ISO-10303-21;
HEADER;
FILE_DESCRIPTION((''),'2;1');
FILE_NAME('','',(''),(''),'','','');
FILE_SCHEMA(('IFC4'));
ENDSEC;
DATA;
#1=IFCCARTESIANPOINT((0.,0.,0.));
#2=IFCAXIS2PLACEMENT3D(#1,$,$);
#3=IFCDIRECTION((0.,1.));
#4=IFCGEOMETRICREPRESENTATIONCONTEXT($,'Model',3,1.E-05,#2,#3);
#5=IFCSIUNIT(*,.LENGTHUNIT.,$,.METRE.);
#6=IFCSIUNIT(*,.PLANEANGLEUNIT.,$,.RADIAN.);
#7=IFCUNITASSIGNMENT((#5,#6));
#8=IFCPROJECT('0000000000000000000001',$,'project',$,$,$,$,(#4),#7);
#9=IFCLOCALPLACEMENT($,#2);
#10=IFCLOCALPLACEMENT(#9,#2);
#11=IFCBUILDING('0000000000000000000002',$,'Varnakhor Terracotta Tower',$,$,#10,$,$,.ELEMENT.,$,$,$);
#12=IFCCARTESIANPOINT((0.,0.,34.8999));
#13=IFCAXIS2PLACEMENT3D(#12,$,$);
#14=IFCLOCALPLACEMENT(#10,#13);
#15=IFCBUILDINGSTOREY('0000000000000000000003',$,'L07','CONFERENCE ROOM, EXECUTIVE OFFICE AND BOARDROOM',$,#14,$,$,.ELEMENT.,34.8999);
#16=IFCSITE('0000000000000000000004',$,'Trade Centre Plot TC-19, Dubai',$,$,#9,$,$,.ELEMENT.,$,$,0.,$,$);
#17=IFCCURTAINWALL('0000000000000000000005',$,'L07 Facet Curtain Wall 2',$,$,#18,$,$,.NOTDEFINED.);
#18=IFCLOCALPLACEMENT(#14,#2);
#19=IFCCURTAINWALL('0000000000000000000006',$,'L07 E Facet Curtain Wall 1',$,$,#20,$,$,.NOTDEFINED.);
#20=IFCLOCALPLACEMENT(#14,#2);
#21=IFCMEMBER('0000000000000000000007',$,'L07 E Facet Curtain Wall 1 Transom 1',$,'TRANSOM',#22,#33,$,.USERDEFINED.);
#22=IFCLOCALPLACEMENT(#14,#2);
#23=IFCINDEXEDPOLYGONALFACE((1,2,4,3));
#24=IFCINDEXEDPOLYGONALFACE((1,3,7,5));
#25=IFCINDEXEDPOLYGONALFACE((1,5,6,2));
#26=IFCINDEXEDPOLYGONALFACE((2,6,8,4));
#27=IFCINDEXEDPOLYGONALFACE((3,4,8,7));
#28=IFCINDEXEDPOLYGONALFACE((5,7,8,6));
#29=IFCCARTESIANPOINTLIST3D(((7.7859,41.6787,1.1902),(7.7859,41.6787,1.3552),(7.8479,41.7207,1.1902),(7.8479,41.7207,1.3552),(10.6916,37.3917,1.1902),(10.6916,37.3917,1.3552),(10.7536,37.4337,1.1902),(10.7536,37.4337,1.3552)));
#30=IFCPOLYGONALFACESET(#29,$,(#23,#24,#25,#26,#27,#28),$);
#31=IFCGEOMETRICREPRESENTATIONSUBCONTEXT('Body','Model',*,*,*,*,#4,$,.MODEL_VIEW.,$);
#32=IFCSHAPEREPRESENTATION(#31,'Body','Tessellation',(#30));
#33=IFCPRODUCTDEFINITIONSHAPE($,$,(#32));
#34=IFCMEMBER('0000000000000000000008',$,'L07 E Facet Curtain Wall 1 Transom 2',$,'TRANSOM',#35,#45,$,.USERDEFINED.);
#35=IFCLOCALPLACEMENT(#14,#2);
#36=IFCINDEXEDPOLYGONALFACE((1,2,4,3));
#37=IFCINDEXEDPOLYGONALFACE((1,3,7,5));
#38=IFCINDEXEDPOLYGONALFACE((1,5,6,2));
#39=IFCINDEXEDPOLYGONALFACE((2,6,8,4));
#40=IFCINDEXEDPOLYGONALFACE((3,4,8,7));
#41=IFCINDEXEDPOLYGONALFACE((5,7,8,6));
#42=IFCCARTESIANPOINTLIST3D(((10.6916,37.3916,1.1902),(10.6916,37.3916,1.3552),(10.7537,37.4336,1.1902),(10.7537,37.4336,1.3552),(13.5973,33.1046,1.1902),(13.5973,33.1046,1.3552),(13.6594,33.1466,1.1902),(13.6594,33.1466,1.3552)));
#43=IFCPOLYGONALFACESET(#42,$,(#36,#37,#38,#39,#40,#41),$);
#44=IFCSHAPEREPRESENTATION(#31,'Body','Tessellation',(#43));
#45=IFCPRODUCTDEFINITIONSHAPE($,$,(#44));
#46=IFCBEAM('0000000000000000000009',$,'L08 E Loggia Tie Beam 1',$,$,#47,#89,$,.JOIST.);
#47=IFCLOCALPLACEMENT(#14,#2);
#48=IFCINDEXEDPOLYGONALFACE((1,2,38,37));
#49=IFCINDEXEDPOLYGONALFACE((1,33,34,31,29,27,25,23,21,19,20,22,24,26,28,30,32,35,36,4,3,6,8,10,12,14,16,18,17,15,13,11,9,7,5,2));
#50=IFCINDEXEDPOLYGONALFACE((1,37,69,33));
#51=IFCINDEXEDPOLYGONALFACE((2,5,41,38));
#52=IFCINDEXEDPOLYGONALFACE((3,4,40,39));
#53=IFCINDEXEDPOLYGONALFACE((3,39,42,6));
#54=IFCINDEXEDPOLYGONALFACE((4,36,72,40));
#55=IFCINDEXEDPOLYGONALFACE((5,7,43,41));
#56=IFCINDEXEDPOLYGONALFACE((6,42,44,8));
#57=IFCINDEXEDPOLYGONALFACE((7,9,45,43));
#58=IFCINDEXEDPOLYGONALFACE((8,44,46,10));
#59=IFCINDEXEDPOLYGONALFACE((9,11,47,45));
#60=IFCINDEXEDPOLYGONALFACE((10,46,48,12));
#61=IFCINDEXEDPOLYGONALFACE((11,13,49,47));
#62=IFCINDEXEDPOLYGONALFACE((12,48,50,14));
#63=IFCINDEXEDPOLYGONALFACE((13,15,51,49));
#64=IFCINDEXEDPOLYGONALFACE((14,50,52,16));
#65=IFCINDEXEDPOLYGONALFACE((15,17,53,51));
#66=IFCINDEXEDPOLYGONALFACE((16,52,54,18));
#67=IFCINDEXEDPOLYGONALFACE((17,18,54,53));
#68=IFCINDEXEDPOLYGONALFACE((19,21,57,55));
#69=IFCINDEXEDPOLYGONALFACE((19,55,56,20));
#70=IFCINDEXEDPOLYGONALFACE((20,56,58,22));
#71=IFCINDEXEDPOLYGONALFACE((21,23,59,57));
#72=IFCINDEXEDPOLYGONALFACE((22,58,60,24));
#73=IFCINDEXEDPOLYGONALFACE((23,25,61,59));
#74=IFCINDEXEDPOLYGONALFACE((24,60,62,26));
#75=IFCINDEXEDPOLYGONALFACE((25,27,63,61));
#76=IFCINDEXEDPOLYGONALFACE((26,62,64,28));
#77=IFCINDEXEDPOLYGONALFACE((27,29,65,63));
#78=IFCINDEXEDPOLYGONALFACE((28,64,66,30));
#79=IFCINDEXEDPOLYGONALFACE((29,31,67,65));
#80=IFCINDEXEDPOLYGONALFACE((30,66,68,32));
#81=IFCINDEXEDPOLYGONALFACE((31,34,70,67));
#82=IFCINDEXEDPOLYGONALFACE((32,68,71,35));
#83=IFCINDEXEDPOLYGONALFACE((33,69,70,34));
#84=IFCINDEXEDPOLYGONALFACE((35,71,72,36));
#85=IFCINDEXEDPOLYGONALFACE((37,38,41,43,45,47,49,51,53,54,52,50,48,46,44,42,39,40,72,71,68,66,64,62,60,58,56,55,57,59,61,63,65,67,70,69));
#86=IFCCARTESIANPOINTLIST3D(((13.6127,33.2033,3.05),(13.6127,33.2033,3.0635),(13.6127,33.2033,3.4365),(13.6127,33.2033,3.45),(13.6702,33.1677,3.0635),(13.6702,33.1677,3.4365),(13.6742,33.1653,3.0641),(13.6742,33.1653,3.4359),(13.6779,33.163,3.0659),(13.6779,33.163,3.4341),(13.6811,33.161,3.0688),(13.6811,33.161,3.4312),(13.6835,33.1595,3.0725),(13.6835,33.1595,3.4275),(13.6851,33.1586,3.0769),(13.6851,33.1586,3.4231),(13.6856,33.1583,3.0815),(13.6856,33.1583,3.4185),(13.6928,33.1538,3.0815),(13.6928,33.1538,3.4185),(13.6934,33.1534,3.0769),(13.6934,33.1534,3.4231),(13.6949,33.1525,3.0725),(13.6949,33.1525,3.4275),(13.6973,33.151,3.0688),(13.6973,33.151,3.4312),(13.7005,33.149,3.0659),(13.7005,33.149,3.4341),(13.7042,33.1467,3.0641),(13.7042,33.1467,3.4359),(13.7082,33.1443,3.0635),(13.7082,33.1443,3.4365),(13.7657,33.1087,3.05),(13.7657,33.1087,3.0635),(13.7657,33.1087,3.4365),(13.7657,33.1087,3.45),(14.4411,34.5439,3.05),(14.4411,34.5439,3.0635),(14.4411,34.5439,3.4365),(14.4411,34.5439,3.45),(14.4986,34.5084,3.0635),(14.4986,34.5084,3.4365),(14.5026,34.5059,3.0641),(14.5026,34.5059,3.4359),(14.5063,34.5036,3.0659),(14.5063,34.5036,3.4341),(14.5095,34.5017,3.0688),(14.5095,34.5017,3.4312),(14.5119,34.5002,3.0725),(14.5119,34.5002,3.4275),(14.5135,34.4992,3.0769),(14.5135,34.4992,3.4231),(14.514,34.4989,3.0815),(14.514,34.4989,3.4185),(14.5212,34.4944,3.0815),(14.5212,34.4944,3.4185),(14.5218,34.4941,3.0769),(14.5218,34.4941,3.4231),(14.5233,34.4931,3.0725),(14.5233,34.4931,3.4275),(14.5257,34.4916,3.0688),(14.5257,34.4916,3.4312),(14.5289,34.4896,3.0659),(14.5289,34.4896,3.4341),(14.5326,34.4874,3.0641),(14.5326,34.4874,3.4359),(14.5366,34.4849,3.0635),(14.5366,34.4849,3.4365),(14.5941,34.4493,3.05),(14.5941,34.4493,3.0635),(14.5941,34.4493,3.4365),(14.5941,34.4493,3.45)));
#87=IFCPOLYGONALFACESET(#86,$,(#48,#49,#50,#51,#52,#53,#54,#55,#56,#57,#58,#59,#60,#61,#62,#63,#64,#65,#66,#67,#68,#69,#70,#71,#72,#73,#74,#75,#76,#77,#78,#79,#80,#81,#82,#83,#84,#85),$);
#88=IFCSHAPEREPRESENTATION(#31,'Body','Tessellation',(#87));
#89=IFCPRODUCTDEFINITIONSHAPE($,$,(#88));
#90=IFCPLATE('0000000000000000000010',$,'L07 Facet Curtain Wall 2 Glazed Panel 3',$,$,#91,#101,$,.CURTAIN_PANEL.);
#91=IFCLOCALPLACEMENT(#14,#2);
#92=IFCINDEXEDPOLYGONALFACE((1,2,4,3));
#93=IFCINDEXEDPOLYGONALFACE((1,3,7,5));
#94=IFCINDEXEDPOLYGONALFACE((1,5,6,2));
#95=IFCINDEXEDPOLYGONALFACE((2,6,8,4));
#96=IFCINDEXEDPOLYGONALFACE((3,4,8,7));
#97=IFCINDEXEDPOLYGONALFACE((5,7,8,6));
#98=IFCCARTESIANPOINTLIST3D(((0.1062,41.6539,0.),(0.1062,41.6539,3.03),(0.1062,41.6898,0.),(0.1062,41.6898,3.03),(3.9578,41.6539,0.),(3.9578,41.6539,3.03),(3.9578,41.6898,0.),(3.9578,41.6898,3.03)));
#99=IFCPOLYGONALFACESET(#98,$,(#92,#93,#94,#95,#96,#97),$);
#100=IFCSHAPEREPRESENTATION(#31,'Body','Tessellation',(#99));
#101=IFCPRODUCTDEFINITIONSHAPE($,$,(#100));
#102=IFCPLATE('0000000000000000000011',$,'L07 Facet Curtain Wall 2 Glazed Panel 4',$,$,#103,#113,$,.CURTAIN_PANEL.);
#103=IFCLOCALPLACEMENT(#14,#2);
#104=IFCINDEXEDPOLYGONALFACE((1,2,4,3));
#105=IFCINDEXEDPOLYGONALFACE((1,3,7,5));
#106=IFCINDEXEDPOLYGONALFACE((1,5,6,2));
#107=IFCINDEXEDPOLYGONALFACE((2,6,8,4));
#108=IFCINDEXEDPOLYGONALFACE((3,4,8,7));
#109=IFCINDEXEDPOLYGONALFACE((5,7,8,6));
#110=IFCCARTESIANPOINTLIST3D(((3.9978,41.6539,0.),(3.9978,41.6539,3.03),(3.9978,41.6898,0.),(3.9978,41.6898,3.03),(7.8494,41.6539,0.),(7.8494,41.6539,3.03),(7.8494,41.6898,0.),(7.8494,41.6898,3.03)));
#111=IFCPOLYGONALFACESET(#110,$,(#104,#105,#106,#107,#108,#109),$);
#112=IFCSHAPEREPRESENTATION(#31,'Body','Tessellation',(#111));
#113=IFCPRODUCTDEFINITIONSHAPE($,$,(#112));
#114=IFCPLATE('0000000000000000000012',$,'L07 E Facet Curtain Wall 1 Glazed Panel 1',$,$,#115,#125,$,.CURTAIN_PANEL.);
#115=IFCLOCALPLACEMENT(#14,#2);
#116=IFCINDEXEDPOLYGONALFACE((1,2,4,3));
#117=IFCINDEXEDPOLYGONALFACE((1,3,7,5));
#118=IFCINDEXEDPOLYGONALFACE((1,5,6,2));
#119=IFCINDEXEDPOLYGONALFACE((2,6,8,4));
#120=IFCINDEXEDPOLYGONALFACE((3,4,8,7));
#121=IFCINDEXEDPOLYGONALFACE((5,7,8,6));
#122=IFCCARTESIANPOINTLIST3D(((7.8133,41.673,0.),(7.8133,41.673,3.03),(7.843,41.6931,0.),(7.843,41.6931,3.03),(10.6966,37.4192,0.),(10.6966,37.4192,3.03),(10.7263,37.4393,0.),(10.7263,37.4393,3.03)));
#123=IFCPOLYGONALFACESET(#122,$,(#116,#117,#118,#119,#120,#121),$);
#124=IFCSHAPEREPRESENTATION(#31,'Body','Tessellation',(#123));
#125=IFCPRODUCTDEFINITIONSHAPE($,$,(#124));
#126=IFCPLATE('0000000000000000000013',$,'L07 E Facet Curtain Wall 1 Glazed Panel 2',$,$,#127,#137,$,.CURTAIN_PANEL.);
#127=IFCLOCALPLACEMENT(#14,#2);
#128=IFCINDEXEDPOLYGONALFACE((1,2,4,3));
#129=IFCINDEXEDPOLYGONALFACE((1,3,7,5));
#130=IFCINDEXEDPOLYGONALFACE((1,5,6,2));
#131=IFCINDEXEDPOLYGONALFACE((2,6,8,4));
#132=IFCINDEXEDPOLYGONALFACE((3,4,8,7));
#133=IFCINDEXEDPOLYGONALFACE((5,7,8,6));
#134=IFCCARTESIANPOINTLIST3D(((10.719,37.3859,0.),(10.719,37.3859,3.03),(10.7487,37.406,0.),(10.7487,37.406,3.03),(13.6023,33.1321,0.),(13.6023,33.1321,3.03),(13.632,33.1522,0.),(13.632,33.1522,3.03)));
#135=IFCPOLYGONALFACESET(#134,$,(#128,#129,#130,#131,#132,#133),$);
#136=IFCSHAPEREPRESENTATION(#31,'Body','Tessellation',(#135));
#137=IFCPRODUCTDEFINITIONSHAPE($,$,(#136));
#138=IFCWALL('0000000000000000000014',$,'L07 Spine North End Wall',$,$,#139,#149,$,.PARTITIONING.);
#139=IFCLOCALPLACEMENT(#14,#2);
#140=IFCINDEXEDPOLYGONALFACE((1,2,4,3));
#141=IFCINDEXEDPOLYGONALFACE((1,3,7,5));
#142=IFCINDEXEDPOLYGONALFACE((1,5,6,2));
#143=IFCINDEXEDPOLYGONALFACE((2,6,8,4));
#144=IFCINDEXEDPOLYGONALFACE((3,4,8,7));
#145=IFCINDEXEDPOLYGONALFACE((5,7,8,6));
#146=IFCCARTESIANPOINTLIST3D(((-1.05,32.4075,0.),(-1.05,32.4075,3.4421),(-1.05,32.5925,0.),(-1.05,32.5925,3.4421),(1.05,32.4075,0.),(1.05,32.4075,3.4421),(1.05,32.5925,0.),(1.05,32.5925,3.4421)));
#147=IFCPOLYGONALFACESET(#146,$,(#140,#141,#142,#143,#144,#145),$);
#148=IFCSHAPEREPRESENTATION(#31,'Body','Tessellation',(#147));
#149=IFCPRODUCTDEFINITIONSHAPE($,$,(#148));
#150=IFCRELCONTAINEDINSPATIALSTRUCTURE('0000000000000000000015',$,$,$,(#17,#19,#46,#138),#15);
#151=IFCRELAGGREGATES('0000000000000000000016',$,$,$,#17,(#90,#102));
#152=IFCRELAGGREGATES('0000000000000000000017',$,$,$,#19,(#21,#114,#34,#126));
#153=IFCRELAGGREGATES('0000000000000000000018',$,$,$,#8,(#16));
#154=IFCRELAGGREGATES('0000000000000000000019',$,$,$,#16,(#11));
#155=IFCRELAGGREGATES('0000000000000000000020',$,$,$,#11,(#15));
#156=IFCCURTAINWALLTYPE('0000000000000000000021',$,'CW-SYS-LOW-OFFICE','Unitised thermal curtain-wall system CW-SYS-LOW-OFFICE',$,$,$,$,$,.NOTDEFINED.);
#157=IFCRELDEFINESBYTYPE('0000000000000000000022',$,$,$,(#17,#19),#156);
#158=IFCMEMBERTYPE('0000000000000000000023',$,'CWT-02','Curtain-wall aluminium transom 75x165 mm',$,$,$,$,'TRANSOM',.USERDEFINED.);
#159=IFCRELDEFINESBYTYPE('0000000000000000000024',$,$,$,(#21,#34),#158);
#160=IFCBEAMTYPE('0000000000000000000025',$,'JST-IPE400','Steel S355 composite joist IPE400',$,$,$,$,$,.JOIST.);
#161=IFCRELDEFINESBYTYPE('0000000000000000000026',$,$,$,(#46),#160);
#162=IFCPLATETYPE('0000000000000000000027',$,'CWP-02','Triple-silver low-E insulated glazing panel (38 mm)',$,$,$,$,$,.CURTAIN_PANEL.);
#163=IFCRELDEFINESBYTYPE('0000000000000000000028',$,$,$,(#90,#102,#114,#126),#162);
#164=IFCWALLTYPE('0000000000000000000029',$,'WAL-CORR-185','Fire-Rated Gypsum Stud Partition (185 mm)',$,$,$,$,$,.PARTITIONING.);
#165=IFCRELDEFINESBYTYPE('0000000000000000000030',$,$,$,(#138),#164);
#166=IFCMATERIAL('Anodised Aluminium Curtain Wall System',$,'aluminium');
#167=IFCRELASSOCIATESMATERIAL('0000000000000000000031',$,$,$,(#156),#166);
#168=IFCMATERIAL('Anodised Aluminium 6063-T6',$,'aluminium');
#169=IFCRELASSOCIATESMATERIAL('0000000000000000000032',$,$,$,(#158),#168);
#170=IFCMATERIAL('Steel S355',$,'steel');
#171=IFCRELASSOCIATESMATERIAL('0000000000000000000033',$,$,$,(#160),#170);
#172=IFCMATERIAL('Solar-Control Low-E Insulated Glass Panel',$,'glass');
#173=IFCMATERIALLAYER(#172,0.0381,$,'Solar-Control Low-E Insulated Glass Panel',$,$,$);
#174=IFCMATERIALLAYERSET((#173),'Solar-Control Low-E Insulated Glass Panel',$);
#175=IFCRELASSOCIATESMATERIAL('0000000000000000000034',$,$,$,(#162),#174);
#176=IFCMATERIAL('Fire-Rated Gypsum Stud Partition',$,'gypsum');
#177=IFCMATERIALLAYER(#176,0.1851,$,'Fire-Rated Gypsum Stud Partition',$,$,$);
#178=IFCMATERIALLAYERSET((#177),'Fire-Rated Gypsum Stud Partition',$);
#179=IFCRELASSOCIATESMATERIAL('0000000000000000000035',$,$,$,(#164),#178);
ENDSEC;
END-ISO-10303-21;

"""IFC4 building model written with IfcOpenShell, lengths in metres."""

from ifc_helpers import new_model, si_unit, direction, frame, frame_2d, origin, origin_2d, place, context, subcontext, project, spatial, rectangle, i_section, extrude, source, transform, mapped, material, layer, layer_set, material_profile, profile_set, type_object, element, aggregate, save


model = new_model("IFC4")

# Units and contexts
model_context = context("Model", 3, precision=1e-05, world=origin(), true_north=direction((0.0, 1.0)))
body_context = subcontext(model_context, "Body", "Model", "MODEL_VIEW")
ifc_project = project(units=[si_unit("LENGTHUNIT", "METRE"), si_unit("PLANEANGLEUNIT", "RADIAN")], contexts=[model_context])

# Site, building, storey
site_placement = place(None, origin())
site = spatial("IfcSite", under=ifc_project, at=site_placement, Name="Trade Centre Plot TC-19, Dubai", CompositionType="ELEMENT", RefElevation=0.0)
building_placement = place(site_placement, origin())
building = spatial("IfcBuilding", under=site, at=building_placement, Name="Varnakhor Terracotta Tower", CompositionType="ELEMENT")
storey_placement = place(building_placement, frame((0.0, 0.0, 34.8999)))
storey = spatial("IfcBuildingStorey", under=building, at=storey_placement, Name="L07", Description="CONFERENCE ROOM, EXECUTIVE OFFICE AND BOARDROOM", CompositionType="ELEMENT", Elevation=34.8999)

# Shared definitions
ifc_material_1 = material(Name="Steel S355", Category="steel")

# Curtain walls
ifc_material_2 = material(Name="Anodised Aluminium Curtain Wall System", Category="aluminium")
curtain_wall_type = type_object("IfcCurtainWallType", Name="CW-SYS-LOW-OFFICE", Description="Unitised thermal curtain-wall system CW-SYS-LOW-OFFICE", PredefinedType="NOTDEFINED", material=ifc_material_2)
curtain_wall_1_placement = place(storey_placement, origin())
curtain_wall_1 = element("IfcCurtainWall", 1, at=curtain_wall_1_placement, inside=storey, type_object=curtain_wall_type, Name="L07 Facet Curtain Wall 2", PredefinedType="NOTDEFINED")
ifc_material_3 = material(Name="Anodised Aluminium 6063-T6", Category="aluminium")
curtain_wall_2_placement = place(storey_placement, origin())
curtain_wall_2 = element("IfcCurtainWall", 2, at=curtain_wall_2_placement, inside=storey, type_object=curtain_wall_type, Name="L07 E Facet Curtain Wall 1", PredefinedType="NOTDEFINED")

# Members
ifc_material_profile_1 = material_profile(ifc_material_3, rectangle(XDim=0.075, YDim=0.165, at=origin_2d()), Name="ALU TRANSOM 75x165")
ifc_profile_set_1 = profile_set([ifc_material_profile_1], Name="Anodised Aluminium 6063-T6")
member_type_1 = type_object("IfcMemberType", Name="CWT-02", Description="Curtain-wall aluminium transom 75x165 mm", ElementType="TRANSOM", PredefinedType="USERDEFINED", material=ifc_profile_set_1)
shared_shape_1 = source(origin(), body_context, "Body", "SweptSolid", [
    extrude(rectangle(XDim=0.075, YDim=0.165, at=origin_2d()), origin(), (0.0, 0.0, 1.0), 5.179),
])
member_1_placement = place(storey_placement, frame((7.8169, 41.6997, 1.2727), z_axis=(0.561059, -0.827776, 0.0), x_axis=(0.827776, 0.561059, 0.0)))
member_1 = element("IfcMember", 3, at=member_1_placement, type_object=member_type_1, Name="L07 E Facet Curtain Wall 1 Transom 1", ObjectType="TRANSOM", PredefinedType="USERDEFINED", context=body_context, shape_type="MappedRepresentation", body=[
    mapped(shared_shape_1, transform((0.0, 0.0, 0.0), scale=1.0)),
])
member_2_placement = place(storey_placement, frame((10.7227, 37.4126, 1.2727), z_axis=(0.561059, -0.827776, 0.0), x_axis=(0.827776, 0.561059, 0.0)))
member_2 = element("IfcMember", 4, at=member_2_placement, type_object=member_type_1, Name="L07 E Facet Curtain Wall 1 Transom 2", ObjectType="TRANSOM", PredefinedType="USERDEFINED", context=body_context, shape_type="MappedRepresentation", body=[
    mapped(shared_shape_1, transform((0.0, 0.0, 0.0), scale=1.0)),
])

# Beam
ifc_material_profile_2 = material_profile(ifc_material_1, i_section(OverallWidth=0.1799, OverallDepth=0.3999, WebThickness=0.0085, FlangeThickness=0.0134, FilletRadius=0.0181, at=origin_2d()), Name="IPE400")
ifc_profile_set_2 = profile_set([ifc_material_profile_2], Name="Steel S355")
beam_type_1 = type_object("IfcBeamType", Name="JST-IPE400", Description="Steel S355 composite joist IPE400", PredefinedType="JOIST", material=ifc_profile_set_2)
shared_shape_2 = source(origin(), body_context, "Body", "SweptSolid", [
    extrude(i_section(OverallWidth=0.1799, OverallDepth=0.3999, WebThickness=0.0085, FlangeThickness=0.0134, FilletRadius=0.0181, at=origin_2d()), origin(), (0.0, 0.0, 1.0), 1.5759),
])
beam_1_placement = place(storey_placement, frame((13.6892, 33.156, 3.25), z_axis=(0.525661, 0.850694, 0.0), x_axis=(-0.850694, 0.525661, 0.0)))
element("IfcBeam", 5, at=beam_1_placement, inside=storey, type_object=beam_type_1, Name="L08 E Loggia Tie Beam 1", PredefinedType="JOIST", context=body_context, shape_type="MappedRepresentation", body=[
    mapped(shared_shape_2, transform((0.0, 0.0, 0.0), scale=1.0)),
])

# Plates
ifc_material_4 = material(Name="Solar-Control Low-E Insulated Glass Panel", Category="glass")
ifc_layer_1 = layer(ifc_material_4, 0.0381, Name="Solar-Control Low-E Insulated Glass Panel")
ifc_layer_set_1 = layer_set([ifc_layer_1], Name="Solar-Control Low-E Insulated Glass Panel")
plate_type = type_object("IfcPlateType", Name="CWP-02", Description="Triple-silver low-E insulated glazing panel (38 mm)", PredefinedType="CURTAIN_PANEL", material=ifc_layer_set_1)
shared_shape_3 = source(origin(), body_context, "Body", "SweptSolid", [
    extrude(rectangle(XDim=3.8516, YDim=0.0359, at=origin_2d()), origin(), (0.0, 0.0, 1.0), 3.03),
])
plate_1_placement = place(storey_placement, frame((2.032, 41.6719, 0.0), z_axis=(0.0, 0.0, 1.0), x_axis=(1.0, 0.0, 0.0)))
plate_1 = element("IfcPlate", 6, at=plate_1_placement, type_object=plate_type, Name="L07 Facet Curtain Wall 2 Glazed Panel 3", PredefinedType="CURTAIN_PANEL", context=body_context, shape_type="MappedRepresentation", body=[
    mapped(shared_shape_3, transform((0.0, 0.0, 0.0), scale=1.0)),
])
plate_2_placement = place(storey_placement, frame((5.9236, 41.6719, 0.0), z_axis=(0.0, 0.0, 1.0), x_axis=(1.0, 0.0, 0.0)))
plate_2 = element("IfcPlate", 7, at=plate_2_placement, type_object=plate_type, Name="L07 Facet Curtain Wall 2 Glazed Panel 4", PredefinedType="CURTAIN_PANEL", context=body_context, shape_type="MappedRepresentation", body=[
    mapped(shared_shape_3, transform((0.0, 0.0, 0.0), scale=1.0)),
])
aggregate(curtain_wall_1, [plate_1, plate_2])
shared_shape_4 = source(origin(), body_context, "Body", "SweptSolid", [
    extrude(rectangle(XDim=5.1389, YDim=0.0359, at=origin_2d()), origin(), (0.0, 0.0, 1.0), 3.03),
])
plate_3_placement = place(storey_placement, frame((9.2698, 39.5562, 0.0), z_axis=(0.0, 0.0, 1.0), x_axis=(0.561072, -0.827767, 0.0)))
plate_3 = element("IfcPlate", 8, at=plate_3_placement, type_object=plate_type, Name="L07 E Facet Curtain Wall 1 Glazed Panel 1", PredefinedType="CURTAIN_PANEL", context=body_context, shape_type="MappedRepresentation", body=[
    mapped(shared_shape_4, transform((0.0, 0.0, 0.0), scale=1.0)),
])
plate_4_placement = place(storey_placement, frame((12.1755, 35.269, 0.0), z_axis=(0.0, 0.0, 1.0), x_axis=(0.561072, -0.827767, 0.0)))
plate_4 = element("IfcPlate", 9, at=plate_4_placement, type_object=plate_type, Name="L07 E Facet Curtain Wall 1 Glazed Panel 2", PredefinedType="CURTAIN_PANEL", context=body_context, shape_type="MappedRepresentation", body=[
    mapped(shared_shape_4, transform((0.0, 0.0, 0.0), scale=1.0)),
])
aggregate(curtain_wall_2, [member_1, plate_3, member_2, plate_4])

# Wall
ifc_material_5 = material(Name="Fire-Rated Gypsum Stud Partition", Category="gypsum")
ifc_layer_2 = layer(ifc_material_5, 0.1851, Name="Fire-Rated Gypsum Stud Partition")
ifc_layer_set_2 = layer_set([ifc_layer_2], Name="Fire-Rated Gypsum Stud Partition")
wall_type_1 = type_object("IfcWallType", Name="WAL-CORR-185", Description="Fire-Rated Gypsum Stud Partition (185 mm)", PredefinedType="PARTITIONING", material=ifc_layer_set_2)
wall_1_placement = place(storey_placement, frame((-1.05, 32.5, 0.0), z_axis=(0.0, 0.0, 1.0), x_axis=(1.0, 0.0, 0.0)))
element("IfcWall", 10, at=wall_1_placement, inside=storey, type_object=wall_type_1, Name="L07 Spine North End Wall", PredefinedType="PARTITIONING", context=body_context, shape_type="SweptSolid", body=[
    extrude(rectangle(XDim=2.1001, YDim=0.1851, at=frame_2d((1.05, 0.0))), origin(), (0.0, 0.0, 1.0), 3.4421),
])

save(model, "model.ifc")
